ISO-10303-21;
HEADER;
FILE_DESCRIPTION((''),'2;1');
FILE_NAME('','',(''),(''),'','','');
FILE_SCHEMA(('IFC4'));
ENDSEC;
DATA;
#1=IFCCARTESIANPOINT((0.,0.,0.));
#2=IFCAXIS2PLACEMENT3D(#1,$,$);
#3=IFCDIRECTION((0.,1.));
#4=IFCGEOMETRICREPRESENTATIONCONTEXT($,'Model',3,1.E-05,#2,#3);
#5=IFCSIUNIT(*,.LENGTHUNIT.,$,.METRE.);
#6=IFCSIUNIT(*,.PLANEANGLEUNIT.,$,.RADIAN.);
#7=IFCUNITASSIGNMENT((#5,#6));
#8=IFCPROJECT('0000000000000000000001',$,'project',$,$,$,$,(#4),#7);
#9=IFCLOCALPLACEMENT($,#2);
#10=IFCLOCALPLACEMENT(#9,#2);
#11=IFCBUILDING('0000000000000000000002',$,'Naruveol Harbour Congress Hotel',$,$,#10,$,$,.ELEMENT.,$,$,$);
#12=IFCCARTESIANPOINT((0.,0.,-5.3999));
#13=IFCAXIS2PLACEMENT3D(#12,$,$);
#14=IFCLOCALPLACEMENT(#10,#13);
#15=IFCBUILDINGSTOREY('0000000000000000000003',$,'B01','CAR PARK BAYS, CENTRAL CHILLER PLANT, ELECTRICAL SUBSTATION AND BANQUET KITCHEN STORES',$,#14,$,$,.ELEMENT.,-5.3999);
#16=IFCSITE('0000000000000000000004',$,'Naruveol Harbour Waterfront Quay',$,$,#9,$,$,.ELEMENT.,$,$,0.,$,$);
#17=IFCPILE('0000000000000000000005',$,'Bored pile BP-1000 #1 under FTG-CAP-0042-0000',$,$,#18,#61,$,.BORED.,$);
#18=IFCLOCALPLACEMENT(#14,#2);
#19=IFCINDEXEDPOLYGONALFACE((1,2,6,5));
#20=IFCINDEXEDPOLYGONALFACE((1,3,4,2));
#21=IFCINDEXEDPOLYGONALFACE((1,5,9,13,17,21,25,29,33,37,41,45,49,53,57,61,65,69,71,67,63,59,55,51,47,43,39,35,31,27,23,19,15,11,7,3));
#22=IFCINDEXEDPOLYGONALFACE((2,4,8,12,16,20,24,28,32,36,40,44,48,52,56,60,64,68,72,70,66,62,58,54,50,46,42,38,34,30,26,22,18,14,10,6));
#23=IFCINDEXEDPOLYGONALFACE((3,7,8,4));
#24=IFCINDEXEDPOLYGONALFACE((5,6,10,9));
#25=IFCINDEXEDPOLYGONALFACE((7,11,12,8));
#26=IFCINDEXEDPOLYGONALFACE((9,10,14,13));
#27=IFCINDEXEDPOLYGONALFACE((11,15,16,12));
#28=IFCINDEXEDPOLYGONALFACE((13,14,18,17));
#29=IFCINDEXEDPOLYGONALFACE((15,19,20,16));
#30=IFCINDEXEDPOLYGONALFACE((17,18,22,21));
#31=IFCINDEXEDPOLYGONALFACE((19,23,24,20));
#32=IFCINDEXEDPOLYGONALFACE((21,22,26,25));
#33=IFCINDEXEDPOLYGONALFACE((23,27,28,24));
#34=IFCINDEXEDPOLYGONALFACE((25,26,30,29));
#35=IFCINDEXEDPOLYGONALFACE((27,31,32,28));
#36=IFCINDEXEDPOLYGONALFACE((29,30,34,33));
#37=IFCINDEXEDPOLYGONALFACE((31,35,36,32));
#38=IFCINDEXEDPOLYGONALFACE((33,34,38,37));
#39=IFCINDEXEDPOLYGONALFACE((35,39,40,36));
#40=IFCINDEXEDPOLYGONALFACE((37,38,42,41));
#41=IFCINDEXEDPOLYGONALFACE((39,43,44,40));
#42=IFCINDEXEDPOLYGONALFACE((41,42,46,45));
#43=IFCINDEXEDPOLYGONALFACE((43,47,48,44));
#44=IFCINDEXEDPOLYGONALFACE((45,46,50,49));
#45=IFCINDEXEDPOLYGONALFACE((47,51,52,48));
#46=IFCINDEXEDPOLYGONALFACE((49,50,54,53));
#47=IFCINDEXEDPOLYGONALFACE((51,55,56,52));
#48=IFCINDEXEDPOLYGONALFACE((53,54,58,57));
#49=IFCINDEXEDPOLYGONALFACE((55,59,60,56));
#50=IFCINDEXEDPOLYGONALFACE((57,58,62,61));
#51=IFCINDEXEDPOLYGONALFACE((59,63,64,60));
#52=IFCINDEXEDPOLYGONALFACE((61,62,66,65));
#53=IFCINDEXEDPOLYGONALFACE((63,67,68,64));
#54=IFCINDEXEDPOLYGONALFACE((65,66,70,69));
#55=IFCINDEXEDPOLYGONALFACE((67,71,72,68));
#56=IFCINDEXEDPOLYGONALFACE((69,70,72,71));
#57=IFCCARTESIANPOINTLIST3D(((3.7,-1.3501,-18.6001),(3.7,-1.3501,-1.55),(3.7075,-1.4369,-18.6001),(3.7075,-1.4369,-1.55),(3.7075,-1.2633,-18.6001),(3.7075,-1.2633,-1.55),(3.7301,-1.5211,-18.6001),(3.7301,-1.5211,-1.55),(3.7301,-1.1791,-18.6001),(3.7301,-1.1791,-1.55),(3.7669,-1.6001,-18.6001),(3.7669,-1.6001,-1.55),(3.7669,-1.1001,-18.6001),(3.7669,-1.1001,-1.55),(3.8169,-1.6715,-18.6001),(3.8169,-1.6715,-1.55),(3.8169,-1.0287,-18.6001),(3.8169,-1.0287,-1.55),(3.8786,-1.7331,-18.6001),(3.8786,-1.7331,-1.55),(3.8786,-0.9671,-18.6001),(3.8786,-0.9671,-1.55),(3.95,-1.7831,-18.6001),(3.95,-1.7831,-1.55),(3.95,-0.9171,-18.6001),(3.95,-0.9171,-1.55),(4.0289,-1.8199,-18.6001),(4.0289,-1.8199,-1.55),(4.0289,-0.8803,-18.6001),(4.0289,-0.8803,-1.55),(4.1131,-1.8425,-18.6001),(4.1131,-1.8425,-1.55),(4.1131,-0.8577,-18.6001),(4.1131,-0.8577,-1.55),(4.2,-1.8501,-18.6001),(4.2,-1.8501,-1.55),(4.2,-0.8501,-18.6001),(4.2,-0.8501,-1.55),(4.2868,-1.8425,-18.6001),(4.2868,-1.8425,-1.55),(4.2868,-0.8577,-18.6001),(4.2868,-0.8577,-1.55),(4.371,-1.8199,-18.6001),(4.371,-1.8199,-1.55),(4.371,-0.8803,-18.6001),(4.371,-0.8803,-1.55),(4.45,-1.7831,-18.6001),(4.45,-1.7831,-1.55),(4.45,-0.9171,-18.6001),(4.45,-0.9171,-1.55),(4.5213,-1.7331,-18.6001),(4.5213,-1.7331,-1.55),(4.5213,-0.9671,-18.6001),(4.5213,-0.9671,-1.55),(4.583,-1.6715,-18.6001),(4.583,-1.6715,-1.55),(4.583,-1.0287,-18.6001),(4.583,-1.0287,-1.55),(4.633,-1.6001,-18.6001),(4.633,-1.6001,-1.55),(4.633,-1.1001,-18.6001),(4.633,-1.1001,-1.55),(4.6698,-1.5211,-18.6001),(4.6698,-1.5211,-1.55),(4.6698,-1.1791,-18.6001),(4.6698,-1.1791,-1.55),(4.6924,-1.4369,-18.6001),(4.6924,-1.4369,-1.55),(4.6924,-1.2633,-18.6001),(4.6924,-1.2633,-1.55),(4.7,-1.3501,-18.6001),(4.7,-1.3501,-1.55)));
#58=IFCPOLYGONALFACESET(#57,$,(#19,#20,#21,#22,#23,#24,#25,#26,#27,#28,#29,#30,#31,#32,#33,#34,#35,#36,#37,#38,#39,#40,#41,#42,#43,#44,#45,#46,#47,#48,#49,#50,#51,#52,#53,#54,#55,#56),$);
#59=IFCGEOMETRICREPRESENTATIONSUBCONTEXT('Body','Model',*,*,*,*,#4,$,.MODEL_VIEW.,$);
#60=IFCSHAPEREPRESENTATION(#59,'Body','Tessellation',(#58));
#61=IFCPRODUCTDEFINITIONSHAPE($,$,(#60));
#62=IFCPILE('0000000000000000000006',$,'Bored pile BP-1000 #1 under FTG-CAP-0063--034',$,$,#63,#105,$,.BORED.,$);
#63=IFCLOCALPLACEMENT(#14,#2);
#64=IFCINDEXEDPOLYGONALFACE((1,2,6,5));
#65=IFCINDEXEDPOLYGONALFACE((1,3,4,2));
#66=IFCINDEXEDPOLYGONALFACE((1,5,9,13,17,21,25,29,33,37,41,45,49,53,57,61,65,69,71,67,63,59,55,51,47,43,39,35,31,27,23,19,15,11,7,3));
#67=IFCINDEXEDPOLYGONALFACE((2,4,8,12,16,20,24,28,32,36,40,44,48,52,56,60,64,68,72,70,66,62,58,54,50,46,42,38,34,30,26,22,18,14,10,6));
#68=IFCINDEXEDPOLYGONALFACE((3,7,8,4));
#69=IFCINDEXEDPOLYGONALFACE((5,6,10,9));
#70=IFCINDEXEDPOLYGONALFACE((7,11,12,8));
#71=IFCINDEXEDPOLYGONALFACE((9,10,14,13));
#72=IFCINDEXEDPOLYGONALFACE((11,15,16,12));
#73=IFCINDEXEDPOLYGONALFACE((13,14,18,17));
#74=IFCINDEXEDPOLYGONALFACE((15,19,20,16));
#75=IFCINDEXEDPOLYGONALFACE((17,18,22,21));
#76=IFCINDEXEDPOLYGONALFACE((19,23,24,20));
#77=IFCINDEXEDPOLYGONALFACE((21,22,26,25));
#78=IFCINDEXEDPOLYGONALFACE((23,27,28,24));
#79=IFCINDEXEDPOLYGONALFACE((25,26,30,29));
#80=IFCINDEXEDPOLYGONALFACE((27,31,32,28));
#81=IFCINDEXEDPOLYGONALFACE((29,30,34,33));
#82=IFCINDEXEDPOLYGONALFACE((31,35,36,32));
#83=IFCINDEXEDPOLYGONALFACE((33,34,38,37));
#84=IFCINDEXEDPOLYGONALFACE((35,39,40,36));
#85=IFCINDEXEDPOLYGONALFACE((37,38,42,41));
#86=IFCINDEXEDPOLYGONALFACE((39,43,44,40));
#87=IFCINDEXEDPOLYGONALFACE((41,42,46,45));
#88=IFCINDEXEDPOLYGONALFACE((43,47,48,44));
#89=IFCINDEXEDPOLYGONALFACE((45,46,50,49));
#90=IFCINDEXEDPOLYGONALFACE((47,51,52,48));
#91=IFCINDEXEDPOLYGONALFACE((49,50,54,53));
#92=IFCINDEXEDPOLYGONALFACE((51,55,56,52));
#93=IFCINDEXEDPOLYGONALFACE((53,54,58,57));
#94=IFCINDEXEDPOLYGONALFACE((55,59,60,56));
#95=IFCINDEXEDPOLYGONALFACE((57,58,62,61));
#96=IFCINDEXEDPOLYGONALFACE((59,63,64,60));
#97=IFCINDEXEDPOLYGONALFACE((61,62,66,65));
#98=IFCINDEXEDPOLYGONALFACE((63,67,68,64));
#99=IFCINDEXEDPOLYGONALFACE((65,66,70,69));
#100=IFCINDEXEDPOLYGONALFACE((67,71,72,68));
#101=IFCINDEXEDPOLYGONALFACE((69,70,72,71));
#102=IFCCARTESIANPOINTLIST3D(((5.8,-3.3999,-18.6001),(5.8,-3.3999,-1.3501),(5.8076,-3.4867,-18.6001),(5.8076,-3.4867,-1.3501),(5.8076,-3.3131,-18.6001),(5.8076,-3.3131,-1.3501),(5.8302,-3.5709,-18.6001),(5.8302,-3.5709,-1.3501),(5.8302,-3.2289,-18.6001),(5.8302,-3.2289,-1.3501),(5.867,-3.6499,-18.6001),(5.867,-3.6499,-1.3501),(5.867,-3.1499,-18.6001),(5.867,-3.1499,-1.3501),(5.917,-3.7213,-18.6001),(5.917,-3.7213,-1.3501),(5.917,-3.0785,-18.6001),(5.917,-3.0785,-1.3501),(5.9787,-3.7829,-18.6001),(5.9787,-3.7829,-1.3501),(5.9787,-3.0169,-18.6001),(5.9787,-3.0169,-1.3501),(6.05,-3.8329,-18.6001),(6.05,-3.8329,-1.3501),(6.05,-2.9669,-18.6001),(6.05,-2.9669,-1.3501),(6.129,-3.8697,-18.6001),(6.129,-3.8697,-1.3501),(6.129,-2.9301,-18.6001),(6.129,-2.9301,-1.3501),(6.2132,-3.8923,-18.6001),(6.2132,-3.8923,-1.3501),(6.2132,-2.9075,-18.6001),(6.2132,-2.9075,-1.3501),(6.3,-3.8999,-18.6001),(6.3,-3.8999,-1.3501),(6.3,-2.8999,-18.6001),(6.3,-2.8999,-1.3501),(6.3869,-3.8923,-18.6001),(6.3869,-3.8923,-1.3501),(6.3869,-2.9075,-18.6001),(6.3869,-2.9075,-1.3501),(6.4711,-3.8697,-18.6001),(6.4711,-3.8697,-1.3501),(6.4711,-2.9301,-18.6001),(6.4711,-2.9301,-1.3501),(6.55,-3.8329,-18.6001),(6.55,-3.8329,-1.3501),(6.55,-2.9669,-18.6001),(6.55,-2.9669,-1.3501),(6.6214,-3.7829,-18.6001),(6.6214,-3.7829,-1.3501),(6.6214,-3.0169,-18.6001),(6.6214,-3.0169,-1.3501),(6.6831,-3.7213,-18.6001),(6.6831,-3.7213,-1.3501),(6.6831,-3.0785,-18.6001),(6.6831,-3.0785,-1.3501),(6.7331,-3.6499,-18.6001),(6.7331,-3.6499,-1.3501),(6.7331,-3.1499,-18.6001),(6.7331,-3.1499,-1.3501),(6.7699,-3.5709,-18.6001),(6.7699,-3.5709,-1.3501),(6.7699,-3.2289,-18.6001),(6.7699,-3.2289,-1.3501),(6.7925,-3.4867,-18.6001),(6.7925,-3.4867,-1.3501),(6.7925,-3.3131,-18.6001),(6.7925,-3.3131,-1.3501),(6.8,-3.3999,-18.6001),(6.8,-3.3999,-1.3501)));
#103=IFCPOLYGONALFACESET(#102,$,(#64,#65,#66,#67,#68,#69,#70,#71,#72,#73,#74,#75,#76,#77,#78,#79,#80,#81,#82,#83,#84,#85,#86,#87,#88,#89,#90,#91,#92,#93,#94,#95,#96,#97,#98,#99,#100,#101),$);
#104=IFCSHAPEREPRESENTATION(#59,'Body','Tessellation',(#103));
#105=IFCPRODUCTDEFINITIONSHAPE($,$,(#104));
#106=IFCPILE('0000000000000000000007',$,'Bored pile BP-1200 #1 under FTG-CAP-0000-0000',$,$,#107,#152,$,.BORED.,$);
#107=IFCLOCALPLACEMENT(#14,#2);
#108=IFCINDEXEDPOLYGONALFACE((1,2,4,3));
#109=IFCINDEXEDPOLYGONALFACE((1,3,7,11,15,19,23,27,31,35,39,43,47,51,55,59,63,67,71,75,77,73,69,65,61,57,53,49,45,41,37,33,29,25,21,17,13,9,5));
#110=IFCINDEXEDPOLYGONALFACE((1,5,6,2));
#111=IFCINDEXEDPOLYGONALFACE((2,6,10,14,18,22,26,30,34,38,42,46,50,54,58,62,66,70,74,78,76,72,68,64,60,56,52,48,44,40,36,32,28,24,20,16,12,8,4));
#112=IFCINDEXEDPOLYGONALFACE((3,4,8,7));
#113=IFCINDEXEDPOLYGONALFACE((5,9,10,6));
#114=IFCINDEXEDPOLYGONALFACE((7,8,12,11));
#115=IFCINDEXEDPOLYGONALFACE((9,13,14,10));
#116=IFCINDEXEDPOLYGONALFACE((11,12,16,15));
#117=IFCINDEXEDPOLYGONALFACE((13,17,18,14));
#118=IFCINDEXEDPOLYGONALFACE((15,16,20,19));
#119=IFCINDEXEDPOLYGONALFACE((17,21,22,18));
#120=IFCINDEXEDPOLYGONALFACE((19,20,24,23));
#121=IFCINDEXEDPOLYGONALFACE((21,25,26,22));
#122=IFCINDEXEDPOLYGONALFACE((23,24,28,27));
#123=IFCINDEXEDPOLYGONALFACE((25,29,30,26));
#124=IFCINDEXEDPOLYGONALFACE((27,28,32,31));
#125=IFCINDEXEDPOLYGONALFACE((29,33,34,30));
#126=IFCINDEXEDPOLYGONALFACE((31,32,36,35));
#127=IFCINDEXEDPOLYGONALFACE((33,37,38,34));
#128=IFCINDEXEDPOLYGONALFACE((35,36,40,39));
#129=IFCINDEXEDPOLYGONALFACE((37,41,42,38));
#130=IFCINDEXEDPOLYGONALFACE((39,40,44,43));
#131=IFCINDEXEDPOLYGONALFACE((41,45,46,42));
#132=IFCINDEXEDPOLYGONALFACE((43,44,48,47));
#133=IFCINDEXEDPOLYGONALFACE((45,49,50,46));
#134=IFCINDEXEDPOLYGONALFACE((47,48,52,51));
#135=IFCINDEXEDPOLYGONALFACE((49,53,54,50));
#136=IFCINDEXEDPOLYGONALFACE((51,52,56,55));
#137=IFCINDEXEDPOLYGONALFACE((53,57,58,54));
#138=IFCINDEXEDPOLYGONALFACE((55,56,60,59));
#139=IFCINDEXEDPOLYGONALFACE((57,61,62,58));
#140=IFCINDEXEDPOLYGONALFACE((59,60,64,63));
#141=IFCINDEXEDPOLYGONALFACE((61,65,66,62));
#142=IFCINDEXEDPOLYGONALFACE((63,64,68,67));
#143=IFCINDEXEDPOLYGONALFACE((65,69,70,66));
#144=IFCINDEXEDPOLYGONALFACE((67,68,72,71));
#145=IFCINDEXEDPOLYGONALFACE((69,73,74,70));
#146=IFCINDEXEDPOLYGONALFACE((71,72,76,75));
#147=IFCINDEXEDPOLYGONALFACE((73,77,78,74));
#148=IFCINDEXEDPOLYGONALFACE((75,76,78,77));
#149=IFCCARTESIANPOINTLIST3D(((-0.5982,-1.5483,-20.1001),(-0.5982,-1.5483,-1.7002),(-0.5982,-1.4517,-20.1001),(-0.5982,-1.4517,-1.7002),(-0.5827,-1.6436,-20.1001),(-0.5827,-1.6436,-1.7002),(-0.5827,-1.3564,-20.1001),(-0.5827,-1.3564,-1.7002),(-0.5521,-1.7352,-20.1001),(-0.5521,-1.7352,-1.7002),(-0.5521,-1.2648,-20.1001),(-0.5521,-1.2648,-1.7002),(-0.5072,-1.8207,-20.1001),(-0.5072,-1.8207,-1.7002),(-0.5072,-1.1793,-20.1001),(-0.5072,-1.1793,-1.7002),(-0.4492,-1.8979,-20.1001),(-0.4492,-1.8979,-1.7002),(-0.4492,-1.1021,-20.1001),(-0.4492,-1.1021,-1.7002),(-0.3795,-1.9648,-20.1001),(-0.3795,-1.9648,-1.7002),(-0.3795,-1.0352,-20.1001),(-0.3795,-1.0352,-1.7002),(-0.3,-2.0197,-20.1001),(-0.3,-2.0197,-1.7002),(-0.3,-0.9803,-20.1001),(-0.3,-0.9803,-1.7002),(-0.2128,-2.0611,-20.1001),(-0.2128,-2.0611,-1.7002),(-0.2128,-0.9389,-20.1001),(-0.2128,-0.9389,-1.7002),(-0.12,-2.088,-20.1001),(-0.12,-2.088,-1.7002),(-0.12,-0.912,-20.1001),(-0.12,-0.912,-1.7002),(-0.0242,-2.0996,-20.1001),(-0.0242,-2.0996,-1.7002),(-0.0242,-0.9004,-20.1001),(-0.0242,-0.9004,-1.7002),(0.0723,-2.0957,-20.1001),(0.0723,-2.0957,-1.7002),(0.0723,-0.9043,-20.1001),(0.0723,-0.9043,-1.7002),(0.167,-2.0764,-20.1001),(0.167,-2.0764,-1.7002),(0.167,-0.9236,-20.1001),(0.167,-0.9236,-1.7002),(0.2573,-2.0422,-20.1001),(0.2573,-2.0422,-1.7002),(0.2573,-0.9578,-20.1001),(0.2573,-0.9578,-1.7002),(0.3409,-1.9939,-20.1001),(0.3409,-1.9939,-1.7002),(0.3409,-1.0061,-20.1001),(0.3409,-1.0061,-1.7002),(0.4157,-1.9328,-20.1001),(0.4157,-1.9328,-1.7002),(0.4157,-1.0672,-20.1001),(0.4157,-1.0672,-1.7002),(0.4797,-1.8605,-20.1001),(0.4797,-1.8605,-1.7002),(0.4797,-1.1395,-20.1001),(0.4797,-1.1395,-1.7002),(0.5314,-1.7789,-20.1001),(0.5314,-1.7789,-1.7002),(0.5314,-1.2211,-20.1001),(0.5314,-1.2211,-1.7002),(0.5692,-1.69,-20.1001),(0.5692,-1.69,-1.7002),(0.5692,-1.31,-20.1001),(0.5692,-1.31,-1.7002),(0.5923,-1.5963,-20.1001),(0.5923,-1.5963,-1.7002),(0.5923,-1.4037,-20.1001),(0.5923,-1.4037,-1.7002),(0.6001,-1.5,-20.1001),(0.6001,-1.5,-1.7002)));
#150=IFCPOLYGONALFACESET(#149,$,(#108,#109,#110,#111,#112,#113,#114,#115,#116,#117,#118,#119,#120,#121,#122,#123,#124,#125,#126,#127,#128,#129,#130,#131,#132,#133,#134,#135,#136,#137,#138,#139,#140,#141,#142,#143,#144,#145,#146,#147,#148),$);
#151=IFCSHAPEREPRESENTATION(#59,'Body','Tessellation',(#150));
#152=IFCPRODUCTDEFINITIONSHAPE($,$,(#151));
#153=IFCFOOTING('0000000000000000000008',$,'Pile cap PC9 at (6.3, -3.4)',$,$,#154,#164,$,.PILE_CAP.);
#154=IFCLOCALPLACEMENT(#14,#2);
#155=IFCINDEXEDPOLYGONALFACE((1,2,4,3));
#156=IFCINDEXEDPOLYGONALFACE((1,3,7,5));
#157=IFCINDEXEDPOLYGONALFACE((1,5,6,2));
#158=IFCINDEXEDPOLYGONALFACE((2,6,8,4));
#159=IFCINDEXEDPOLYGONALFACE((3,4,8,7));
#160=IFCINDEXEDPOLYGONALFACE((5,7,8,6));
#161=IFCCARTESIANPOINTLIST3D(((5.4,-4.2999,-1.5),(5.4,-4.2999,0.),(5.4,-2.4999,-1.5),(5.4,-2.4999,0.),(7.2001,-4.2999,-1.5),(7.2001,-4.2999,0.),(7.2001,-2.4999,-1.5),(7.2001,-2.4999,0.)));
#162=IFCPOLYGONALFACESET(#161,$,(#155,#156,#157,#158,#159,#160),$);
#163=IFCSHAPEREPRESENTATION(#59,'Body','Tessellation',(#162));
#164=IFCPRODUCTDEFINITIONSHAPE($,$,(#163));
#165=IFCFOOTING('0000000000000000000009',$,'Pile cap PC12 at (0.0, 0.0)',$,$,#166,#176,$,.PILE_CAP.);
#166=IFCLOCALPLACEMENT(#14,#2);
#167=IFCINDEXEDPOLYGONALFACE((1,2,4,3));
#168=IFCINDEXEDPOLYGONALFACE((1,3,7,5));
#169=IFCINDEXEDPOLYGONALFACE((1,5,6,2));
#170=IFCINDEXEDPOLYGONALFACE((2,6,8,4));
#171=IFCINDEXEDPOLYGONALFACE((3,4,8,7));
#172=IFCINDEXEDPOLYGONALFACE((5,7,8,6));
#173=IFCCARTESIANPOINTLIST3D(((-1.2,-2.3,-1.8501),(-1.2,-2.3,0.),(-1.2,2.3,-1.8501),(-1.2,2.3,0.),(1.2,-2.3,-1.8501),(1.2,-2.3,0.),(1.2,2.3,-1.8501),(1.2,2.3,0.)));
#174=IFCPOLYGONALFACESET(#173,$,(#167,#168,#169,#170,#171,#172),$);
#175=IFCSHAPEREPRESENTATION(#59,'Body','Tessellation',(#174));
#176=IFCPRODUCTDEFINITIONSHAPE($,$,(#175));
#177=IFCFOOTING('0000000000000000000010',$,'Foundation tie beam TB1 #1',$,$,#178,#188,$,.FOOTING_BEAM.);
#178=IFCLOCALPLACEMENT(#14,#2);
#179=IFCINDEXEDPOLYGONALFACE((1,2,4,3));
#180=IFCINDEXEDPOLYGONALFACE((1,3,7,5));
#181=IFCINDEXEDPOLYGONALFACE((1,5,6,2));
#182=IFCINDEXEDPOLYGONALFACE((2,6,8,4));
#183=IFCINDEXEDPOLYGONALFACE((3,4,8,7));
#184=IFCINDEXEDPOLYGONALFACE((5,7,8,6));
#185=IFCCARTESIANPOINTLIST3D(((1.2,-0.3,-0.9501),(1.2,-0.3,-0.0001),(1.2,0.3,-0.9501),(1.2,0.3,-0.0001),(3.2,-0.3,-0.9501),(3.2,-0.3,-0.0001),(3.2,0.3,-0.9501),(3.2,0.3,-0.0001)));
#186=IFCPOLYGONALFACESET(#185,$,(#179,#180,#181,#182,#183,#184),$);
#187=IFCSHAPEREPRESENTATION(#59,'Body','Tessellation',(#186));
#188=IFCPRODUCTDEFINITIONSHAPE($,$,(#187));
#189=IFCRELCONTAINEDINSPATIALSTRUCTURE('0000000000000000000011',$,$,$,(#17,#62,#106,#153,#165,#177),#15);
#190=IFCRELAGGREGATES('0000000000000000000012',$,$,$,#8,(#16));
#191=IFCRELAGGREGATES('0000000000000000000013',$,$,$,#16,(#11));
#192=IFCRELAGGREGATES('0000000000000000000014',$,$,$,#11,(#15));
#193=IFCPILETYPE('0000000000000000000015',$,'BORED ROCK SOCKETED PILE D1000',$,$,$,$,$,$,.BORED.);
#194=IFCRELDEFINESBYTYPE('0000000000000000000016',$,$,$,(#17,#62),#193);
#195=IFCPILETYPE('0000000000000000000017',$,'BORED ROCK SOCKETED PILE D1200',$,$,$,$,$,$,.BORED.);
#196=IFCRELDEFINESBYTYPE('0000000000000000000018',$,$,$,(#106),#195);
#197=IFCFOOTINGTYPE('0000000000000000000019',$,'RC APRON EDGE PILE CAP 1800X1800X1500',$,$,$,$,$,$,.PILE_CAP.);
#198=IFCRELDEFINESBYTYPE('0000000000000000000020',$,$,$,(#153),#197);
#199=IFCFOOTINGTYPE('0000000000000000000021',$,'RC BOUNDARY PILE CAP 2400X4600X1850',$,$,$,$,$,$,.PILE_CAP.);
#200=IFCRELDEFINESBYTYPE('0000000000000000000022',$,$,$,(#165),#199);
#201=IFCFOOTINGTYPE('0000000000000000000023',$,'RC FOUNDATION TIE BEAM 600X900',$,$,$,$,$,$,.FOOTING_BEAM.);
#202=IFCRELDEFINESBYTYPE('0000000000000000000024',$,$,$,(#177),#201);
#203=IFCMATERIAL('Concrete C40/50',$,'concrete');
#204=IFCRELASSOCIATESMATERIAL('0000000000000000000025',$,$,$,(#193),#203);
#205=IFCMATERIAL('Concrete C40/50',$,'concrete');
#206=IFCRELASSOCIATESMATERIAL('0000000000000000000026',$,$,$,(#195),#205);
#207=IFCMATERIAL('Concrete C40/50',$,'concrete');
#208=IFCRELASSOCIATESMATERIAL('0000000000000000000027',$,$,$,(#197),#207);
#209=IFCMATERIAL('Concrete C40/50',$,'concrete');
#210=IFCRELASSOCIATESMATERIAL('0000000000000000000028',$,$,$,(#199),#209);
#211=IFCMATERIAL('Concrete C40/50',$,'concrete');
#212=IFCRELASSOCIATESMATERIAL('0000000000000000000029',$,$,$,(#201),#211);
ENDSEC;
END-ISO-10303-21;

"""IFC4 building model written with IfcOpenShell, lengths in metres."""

from ifc_helpers import new_model, si_unit, direction, frame, origin, origin_2d, place, context, subcontext, project, spatial, rectangle, circle, extrude, material, material_profile, profile_set, type_object, element, save


model = new_model("IFC4")

# Units and contexts
model_context = context("Model", 3, precision=1e-05, world=origin(), true_north=direction((0.0, 1.0)))
body_context = subcontext(model_context, "Body", "Model", "MODEL_VIEW")
ifc_project = project(units=[si_unit("LENGTHUNIT", "METRE"), si_unit("PLANEANGLEUNIT", "RADIAN")], contexts=[model_context])

# Site, building, storey
site_placement = place(None, origin())
site = spatial("IfcSite", under=ifc_project, at=site_placement, Name="Naruveol Harbour Waterfront Quay", CompositionType="ELEMENT", RefElevation=0.0)
building_placement = place(site_placement, origin())
building = spatial("IfcBuilding", under=site, at=building_placement, Name="Naruveol Harbour Congress Hotel", CompositionType="ELEMENT")
storey_placement = place(building_placement, frame((0.0, 0.0, -5.3999)))
storey = spatial("IfcBuildingStorey", under=building, at=storey_placement, Name="B01", Description="CAR PARK BAYS, CENTRAL CHILLER PLANT, ELECTRICAL SUBSTATION AND BANQUET KITCHEN STORES", CompositionType="ELEMENT", Elevation=-5.3999)

# Piles
ifc_material_1 = material(Name="Concrete C40/50", Category="concrete")
ifc_material_profile_1 = material_profile(ifc_material_1, circle(Radius=0.5, at=origin_2d()), Name="BP-1000")
ifc_profile_set_1 = profile_set([ifc_material_profile_1], Name="Concrete C40/50")
pile_type_1 = type_object("IfcPileType", Name="BORED ROCK SOCKETED PILE D1000", PredefinedType="BORED", material=ifc_profile_set_1)
pile_1_placement = place(storey_placement, frame((4.2, -1.3501, -1.55), z_axis=(0.0, 0.0, -1.0), x_axis=(1.0, 0.0, 0.0)))
element("IfcPile", 1, at=pile_1_placement, inside=storey, type_object=pile_type_1, Name="Bored pile BP-1000 #1 under FTG-CAP-0042-0000", PredefinedType="BORED", context=body_context, shape_type="SweptSolid", body=[
    extrude(circle(Radius=0.5, at=origin_2d()), origin(), (0.0, 0.0, 1.0), 17.05),
])
pile_2_placement = place(storey_placement, frame((6.3, -3.3999, -1.3501), z_axis=(0.0, 0.0, -1.0), x_axis=(1.0, 0.0, 0.0)))
element("IfcPile", 2, at=pile_2_placement, inside=storey, type_object=pile_type_1, Name="Bored pile BP-1000 #1 under FTG-CAP-0063--034", PredefinedType="BORED", context=body_context, shape_type="SweptSolid", body=[
    extrude(circle(Radius=0.5, at=origin_2d()), origin(), (0.0, 0.0, 1.0), 17.25),
])
ifc_material_2 = material(Name="Concrete C40/50", Category="concrete")
ifc_material_profile_2 = material_profile(ifc_material_2, circle(Radius=0.6001, at=origin_2d()), Name="BP-1200")
ifc_profile_set_2 = profile_set([ifc_material_profile_2], Name="Concrete C40/50")
pile_type_2 = type_object("IfcPileType", Name="BORED ROCK SOCKETED PILE D1200", PredefinedType="BORED", material=ifc_profile_set_2)
pile_3_placement = place(storey_placement, frame((0.0, -1.5, -1.7002), z_axis=(0.0, 0.0, -1.0), x_axis=(1.0, 0.0, 0.0)))
element("IfcPile", 3, at=pile_3_placement, inside=storey, type_object=pile_type_2, Name="Bored pile BP-1200 #1 under FTG-CAP-0000-0000", PredefinedType="BORED", context=body_context, shape_type="SweptSolid", body=[
    extrude(circle(Radius=0.6001, at=origin_2d()), origin(), (0.0, 0.0, 1.0), 18.3999),
])

# Footings
ifc_material_3 = material(Name="Concrete C40/50", Category="concrete")
footing_type_1 = type_object("IfcFootingType", Name="RC APRON EDGE PILE CAP 1800X1800X1500", PredefinedType="PILE_CAP", material=ifc_material_3)
footing_1_placement = place(storey_placement, frame((6.3, -3.3999, -1.5), z_axis=(0.0, 0.0, 1.0), x_axis=(1.0, 0.0, 0.0)))
element("IfcFooting", 4, at=footing_1_placement, inside=storey, type_object=footing_type_1, Name="Pile cap PC9 at (6.3, -3.4)", PredefinedType="PILE_CAP", context=body_context, shape_type="SweptSolid", body=[
    extrude(rectangle(XDim=1.8, YDim=1.8, at=origin_2d()), origin(), (0.0, 0.0, 1.0), 1.5),
])
ifc_material_4 = material(Name="Concrete C40/50", Category="concrete")
footing_type_2 = type_object("IfcFootingType", Name="RC BOUNDARY PILE CAP 2400X4600X1850", PredefinedType="PILE_CAP", material=ifc_material_4)
footing_2_placement = place(storey_placement, frame((0.0, 0.0, -1.8501), z_axis=(0.0, 0.0, 1.0), x_axis=(1.0, 0.0, 0.0)))
element("IfcFooting", 5, at=footing_2_placement, inside=storey, type_object=footing_type_2, Name="Pile cap PC12 at (0.0, 0.0)", PredefinedType="PILE_CAP", context=body_context, shape_type="SweptSolid", body=[
    extrude(rectangle(XDim=2.3999, YDim=4.6001, at=origin_2d()), origin(), (0.0, 0.0, 1.0), 1.8501),
])
ifc_material_5 = material(Name="Concrete C40/50", Category="concrete")
ifc_material_profile_3 = material_profile(ifc_material_5, rectangle(XDim=0.6001, YDim=0.95, at=origin_2d()), Name="RCB-600x950")
ifc_profile_set_3 = profile_set([ifc_material_profile_3], Name="Concrete C40/50")
footing_type_3 = type_object("IfcFootingType", Name="RC FOUNDATION TIE BEAM 600X900", PredefinedType="FOOTING_BEAM", material=ifc_profile_set_3)
footing_3_placement = place(storey_placement, frame((1.2, 0.0, -0.4751), z_axis=(1.0, 0.0, 0.0), x_axis=(0.0, 1.0, 0.0)))
element("IfcFooting", 6, at=footing_3_placement, inside=storey, type_object=footing_type_3, Name="Foundation tie beam TB1 #1", PredefinedType="FOOTING_BEAM", context=body_context, shape_type="SweptSolid", body=[
    extrude(rectangle(XDim=0.6001, YDim=0.95, at=origin_2d()), origin(), (0.0, 0.0, 1.0), 2.0),
])

save(model, "model.ifc")
